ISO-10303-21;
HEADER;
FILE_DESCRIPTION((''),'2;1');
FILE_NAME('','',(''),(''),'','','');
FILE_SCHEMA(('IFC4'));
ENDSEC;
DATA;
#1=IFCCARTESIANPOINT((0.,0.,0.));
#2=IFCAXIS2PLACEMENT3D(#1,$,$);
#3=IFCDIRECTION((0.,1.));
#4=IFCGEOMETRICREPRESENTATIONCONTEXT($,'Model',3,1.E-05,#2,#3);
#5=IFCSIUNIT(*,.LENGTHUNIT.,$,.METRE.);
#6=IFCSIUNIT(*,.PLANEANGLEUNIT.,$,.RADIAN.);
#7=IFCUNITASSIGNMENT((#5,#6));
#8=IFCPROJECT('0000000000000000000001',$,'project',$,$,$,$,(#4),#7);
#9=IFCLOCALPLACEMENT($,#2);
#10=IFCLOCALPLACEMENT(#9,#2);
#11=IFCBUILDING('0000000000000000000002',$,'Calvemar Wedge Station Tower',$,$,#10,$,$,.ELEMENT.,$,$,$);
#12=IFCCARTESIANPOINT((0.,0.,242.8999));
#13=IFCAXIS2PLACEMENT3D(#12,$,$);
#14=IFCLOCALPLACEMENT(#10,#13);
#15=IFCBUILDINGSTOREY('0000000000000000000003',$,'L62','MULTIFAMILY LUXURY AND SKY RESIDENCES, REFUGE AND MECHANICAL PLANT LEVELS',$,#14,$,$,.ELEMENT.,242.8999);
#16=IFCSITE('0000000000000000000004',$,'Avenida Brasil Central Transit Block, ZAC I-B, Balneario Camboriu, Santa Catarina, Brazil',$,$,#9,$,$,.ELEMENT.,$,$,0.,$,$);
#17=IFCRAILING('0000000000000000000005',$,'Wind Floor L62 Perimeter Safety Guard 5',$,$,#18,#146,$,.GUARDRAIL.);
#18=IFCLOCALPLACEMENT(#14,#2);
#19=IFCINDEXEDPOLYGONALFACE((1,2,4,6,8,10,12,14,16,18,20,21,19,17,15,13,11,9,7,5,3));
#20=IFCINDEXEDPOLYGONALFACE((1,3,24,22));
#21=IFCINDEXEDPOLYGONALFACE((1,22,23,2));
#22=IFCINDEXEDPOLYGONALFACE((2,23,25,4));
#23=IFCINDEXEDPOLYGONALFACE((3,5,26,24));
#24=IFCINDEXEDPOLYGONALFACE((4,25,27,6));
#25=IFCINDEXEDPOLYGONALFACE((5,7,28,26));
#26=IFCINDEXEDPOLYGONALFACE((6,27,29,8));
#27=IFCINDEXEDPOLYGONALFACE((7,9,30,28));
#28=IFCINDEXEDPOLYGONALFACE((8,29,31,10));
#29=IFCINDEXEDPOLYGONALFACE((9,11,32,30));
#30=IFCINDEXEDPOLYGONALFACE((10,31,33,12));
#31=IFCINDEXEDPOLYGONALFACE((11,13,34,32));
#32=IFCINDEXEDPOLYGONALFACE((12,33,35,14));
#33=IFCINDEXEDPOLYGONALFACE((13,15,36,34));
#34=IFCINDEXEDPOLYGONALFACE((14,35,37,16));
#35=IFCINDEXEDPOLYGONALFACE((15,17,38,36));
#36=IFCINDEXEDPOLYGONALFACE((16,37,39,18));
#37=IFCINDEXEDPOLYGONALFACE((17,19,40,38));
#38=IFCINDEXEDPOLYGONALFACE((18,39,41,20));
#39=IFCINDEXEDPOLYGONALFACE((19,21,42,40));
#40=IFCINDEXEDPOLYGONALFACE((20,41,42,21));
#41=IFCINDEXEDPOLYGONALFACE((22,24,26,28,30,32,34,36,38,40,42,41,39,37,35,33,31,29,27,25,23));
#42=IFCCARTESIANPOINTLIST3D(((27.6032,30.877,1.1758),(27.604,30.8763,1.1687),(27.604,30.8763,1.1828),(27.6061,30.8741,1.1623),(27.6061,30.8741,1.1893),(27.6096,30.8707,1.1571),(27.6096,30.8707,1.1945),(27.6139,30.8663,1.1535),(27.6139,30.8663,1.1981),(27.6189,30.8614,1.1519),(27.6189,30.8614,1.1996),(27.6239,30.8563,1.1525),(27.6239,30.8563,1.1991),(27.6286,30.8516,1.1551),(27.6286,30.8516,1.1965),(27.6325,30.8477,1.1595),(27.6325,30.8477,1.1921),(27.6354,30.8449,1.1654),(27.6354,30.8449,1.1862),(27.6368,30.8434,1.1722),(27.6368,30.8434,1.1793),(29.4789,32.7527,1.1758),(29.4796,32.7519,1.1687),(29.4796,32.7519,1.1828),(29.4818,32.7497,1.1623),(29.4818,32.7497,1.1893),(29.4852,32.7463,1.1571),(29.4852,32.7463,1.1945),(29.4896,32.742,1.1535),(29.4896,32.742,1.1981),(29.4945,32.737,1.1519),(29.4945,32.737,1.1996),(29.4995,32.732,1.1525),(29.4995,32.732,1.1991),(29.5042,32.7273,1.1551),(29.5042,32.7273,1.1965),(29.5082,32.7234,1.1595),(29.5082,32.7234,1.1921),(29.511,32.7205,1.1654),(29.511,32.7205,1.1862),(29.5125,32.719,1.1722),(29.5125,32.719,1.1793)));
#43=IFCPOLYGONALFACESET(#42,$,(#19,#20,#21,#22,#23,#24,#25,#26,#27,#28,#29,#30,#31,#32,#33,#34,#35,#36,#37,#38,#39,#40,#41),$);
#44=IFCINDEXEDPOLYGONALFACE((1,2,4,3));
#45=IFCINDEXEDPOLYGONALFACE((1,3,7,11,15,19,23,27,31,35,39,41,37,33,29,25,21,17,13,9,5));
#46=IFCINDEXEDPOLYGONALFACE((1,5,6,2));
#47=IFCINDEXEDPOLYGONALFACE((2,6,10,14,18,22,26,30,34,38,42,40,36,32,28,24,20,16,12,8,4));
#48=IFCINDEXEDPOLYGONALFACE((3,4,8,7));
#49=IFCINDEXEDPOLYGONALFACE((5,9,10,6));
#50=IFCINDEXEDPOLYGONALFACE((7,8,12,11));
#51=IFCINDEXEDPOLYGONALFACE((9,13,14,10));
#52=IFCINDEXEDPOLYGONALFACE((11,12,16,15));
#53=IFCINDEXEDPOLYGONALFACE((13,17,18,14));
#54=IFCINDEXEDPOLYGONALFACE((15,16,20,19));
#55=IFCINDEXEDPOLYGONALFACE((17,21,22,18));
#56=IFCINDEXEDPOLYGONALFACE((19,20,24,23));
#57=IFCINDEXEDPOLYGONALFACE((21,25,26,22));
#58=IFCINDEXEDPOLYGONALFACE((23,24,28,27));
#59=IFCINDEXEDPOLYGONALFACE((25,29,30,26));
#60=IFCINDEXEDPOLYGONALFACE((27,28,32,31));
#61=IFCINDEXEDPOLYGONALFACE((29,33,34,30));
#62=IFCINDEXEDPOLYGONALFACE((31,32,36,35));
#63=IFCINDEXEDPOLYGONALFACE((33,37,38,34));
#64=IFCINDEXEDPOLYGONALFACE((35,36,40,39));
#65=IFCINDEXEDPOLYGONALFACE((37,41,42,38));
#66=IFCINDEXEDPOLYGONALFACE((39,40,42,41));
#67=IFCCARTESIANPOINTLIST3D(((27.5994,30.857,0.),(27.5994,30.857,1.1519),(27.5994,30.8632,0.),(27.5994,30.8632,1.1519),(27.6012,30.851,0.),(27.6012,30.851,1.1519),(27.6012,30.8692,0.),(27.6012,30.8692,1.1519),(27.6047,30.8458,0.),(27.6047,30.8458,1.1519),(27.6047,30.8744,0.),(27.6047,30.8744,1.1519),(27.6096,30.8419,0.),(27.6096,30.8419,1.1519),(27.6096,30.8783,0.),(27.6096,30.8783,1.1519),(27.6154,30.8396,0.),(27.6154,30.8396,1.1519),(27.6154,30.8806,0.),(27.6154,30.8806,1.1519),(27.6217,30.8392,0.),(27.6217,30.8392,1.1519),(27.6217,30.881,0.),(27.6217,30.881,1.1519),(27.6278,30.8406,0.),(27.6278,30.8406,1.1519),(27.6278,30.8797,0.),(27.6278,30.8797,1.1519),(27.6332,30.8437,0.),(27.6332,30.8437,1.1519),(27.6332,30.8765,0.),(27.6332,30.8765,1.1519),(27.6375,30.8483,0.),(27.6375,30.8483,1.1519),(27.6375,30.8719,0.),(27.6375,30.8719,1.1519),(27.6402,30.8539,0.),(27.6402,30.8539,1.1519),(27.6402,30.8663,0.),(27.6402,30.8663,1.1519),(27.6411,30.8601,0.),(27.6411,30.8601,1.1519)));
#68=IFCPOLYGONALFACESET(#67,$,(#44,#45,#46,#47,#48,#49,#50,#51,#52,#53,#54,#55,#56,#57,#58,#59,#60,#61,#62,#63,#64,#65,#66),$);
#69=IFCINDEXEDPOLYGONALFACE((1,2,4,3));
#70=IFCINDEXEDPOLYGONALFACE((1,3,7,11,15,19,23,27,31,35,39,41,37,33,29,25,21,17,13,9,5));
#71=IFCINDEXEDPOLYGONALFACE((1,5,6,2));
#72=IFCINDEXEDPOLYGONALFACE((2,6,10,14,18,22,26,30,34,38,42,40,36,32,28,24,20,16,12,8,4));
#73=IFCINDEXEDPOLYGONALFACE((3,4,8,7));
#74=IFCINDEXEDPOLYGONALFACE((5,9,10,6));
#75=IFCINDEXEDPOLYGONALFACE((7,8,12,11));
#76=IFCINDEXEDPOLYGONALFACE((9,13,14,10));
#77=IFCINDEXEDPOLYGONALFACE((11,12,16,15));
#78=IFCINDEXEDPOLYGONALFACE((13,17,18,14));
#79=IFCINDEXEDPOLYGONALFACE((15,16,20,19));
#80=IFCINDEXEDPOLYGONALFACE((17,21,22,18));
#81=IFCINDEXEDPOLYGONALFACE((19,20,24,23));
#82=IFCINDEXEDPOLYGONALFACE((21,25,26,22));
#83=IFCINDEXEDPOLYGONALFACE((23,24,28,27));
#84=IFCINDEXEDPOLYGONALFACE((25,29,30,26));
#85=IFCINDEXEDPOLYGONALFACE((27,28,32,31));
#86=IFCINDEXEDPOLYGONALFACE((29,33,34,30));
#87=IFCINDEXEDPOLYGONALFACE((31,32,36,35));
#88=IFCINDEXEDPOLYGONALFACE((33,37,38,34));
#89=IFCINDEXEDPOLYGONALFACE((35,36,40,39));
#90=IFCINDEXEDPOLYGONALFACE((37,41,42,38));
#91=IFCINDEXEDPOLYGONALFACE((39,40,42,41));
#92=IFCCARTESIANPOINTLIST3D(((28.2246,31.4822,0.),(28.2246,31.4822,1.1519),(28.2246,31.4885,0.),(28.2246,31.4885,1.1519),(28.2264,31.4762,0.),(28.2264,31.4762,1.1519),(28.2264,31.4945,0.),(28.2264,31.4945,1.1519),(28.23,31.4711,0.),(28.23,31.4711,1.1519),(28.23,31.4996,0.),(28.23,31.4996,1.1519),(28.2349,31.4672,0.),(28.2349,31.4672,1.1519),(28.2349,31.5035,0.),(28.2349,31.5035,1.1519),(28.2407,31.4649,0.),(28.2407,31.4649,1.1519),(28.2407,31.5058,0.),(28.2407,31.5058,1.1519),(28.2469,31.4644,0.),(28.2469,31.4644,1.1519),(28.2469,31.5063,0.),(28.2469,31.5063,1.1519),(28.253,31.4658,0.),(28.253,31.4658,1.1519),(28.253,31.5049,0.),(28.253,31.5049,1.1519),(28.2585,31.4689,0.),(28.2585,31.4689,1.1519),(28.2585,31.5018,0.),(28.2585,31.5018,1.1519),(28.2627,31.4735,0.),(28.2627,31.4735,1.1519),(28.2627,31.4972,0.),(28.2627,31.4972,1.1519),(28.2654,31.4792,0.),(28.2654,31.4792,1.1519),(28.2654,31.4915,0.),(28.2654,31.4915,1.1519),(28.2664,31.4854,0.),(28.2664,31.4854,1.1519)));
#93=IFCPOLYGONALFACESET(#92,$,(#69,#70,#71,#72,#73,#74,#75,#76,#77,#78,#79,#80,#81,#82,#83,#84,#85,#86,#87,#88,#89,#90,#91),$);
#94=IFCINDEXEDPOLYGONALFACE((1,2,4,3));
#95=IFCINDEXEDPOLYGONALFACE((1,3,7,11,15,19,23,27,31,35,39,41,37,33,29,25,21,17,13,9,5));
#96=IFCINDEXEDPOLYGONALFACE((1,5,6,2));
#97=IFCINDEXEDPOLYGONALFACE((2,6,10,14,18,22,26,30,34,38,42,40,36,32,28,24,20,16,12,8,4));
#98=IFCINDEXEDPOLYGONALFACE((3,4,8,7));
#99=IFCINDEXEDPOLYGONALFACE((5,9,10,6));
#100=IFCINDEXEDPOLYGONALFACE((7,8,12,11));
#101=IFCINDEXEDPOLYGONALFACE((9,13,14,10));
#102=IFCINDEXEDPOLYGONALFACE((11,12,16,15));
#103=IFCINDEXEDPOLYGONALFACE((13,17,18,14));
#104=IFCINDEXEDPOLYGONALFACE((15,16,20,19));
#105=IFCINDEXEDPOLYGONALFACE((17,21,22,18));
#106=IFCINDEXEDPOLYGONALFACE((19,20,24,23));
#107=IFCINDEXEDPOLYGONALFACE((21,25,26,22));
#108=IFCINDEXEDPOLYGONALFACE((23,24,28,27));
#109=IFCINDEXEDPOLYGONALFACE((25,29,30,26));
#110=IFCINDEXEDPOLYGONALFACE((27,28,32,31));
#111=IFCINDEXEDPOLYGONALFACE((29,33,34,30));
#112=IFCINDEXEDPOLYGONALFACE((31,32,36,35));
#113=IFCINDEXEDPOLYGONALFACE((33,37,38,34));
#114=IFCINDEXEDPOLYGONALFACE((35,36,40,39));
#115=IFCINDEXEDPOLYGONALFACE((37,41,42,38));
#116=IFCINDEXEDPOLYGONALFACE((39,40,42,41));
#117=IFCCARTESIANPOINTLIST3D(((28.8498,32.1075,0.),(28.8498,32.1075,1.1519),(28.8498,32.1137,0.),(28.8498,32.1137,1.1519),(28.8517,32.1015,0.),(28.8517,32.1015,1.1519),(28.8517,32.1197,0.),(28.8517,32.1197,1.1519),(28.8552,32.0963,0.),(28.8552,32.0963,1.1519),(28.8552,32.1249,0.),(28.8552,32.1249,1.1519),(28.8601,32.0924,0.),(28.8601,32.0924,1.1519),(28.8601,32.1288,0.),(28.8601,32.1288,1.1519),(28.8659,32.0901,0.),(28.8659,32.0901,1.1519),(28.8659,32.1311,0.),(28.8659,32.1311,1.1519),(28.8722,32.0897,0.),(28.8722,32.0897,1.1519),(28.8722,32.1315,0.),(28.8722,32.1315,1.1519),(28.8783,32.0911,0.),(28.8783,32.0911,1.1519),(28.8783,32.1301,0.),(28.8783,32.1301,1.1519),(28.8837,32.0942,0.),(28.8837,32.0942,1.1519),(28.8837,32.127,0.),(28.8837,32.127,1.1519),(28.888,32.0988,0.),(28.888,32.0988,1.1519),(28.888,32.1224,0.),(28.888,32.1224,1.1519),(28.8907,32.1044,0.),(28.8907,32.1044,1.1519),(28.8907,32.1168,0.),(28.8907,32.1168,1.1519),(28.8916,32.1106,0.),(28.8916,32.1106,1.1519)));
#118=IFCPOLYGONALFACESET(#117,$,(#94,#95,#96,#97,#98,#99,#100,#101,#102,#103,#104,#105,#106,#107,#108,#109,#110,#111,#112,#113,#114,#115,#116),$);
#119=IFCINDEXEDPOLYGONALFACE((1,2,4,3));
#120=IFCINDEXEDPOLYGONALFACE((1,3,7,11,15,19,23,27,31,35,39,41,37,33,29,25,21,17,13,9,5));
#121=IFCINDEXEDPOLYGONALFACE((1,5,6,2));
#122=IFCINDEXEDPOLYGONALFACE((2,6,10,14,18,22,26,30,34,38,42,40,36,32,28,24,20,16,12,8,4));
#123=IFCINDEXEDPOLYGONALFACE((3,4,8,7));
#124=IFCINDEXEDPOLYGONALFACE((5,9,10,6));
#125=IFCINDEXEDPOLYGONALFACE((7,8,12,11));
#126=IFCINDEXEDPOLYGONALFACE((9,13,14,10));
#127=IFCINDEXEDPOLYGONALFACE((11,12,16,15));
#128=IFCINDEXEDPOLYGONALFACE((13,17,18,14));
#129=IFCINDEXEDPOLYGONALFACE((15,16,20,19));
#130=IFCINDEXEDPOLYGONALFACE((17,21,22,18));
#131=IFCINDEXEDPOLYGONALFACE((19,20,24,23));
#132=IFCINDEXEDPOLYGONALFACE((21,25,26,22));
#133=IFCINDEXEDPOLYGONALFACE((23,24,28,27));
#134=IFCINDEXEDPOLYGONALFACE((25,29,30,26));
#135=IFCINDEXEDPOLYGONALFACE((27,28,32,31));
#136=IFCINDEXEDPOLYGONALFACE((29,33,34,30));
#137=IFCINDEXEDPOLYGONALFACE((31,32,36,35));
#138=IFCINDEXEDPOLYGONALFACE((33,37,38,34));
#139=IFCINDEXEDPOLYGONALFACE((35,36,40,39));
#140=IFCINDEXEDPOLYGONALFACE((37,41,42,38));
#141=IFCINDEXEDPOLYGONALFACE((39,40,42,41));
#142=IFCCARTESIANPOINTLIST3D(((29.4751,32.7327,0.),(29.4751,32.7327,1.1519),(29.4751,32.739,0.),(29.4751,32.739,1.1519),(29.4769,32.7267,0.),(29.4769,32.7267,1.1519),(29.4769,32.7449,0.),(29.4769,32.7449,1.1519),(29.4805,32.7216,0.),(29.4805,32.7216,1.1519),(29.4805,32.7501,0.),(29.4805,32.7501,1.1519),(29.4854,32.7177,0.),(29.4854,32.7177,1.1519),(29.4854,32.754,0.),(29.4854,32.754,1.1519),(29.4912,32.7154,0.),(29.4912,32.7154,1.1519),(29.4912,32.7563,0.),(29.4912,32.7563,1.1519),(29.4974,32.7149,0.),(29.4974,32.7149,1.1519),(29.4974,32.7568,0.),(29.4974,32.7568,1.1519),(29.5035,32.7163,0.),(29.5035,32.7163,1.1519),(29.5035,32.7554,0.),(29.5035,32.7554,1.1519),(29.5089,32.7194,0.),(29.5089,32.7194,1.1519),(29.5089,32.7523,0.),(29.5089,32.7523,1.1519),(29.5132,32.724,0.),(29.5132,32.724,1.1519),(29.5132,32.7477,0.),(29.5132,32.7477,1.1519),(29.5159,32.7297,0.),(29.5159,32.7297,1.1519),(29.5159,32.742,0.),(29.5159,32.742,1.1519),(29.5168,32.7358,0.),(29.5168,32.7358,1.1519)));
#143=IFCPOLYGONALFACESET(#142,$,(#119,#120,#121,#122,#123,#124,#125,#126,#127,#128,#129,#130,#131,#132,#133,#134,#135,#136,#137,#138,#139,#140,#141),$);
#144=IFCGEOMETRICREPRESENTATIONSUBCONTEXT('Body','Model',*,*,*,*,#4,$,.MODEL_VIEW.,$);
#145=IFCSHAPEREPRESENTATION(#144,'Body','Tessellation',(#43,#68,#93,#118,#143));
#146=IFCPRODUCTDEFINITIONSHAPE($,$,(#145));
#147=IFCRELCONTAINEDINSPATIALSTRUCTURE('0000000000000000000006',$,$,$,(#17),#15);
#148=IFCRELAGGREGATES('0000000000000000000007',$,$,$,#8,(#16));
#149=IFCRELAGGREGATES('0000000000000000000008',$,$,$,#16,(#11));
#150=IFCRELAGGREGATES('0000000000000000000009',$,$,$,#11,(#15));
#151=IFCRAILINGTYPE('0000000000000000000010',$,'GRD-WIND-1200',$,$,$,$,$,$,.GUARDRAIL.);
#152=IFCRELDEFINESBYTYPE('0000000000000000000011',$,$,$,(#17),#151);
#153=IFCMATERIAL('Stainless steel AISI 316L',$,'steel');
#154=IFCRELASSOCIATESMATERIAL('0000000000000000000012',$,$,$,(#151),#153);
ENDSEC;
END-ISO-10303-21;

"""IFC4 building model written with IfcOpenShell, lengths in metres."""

from ifc_helpers import new_model, si_unit, direction, frame, origin, origin_2d, place, context, subcontext, project, spatial, circle, extrude, material, type_object, element, save


model = new_model("IFC4")

# Units and contexts
model_context = context("Model", 3, precision=1e-05, world=origin(), true_north=direction((0.0, 1.0)))
body_context = subcontext(model_context, "Body", "Model", "MODEL_VIEW")
ifc_project = project(units=[si_unit("LENGTHUNIT", "METRE"), si_unit("PLANEANGLEUNIT", "RADIAN")], contexts=[model_context])

# Site, building, storey
site_placement = place(None, origin())
site = spatial("IfcSite", under=ifc_project, at=site_placement, Name="Avenida Brasil Central Transit Block, ZAC I-B, Balneario Camboriu, Santa Catarina, Brazil", CompositionType="ELEMENT", RefElevation=0.0)
building_placement = place(site_placement, origin())
building = spatial("IfcBuilding", under=site, at=building_placement, Name="Calvemar Wedge Station Tower", CompositionType="ELEMENT")
storey_placement = place(building_placement, frame((0.0, 0.0, 242.8999)))
storey = spatial("IfcBuildingStorey", under=building, at=storey_placement, Name="L62", Description="MULTIFAMILY LUXURY AND SKY RESIDENCES, REFUGE AND MECHANICAL PLANT LEVELS", CompositionType="ELEMENT", Elevation=242.8999)

# Railing
ifc_material_1 = material(Name="Stainless steel AISI 316L", Category="steel")
railing_type = type_object("IfcRailingType", Name="GRD-WIND-1200", PredefinedType="GUARDRAIL", material=ifc_material_1)
railing_1_placement = place(storey_placement, frame((27.6201, 30.8601, 0.0)))
element("IfcRailing", 1, at=railing_1_placement, inside=storey, type_object=railing_type, Name="Wind Floor L62 Perimeter Safety Guard 5", PredefinedType="GUARDRAIL", context=body_context, shape_type="SweptSolid", body=[
    extrude(circle(Radius=0.0239, at=origin_2d()), frame((0.0, 0.0, 1.1758), z_axis=(0.707107, 0.707107, 0.0), x_axis=(-0.707107, 0.707107, 0.0)), (0.0, 0.0, 1.0), 2.6526),
    extrude(circle(Radius=0.021, at=origin_2d()), origin(), (0.0, 0.0, 1.0), 1.1519),
    extrude(circle(Radius=0.021, at=origin_2d()), frame((0.6252, 0.6252, 0.0)), (0.0, 0.0, 1.0), 1.1519),
    extrude(circle(Radius=0.021, at=origin_2d()), frame((1.2505, 1.2505, 0.0)), (0.0, 0.0, 1.0), 1.1519),
    extrude(circle(Radius=0.021, at=origin_2d()), frame((1.8757, 1.8757, 0.0)), (0.0, 0.0, 1.0), 1.1519),
])

save(model, "model.ifc")
